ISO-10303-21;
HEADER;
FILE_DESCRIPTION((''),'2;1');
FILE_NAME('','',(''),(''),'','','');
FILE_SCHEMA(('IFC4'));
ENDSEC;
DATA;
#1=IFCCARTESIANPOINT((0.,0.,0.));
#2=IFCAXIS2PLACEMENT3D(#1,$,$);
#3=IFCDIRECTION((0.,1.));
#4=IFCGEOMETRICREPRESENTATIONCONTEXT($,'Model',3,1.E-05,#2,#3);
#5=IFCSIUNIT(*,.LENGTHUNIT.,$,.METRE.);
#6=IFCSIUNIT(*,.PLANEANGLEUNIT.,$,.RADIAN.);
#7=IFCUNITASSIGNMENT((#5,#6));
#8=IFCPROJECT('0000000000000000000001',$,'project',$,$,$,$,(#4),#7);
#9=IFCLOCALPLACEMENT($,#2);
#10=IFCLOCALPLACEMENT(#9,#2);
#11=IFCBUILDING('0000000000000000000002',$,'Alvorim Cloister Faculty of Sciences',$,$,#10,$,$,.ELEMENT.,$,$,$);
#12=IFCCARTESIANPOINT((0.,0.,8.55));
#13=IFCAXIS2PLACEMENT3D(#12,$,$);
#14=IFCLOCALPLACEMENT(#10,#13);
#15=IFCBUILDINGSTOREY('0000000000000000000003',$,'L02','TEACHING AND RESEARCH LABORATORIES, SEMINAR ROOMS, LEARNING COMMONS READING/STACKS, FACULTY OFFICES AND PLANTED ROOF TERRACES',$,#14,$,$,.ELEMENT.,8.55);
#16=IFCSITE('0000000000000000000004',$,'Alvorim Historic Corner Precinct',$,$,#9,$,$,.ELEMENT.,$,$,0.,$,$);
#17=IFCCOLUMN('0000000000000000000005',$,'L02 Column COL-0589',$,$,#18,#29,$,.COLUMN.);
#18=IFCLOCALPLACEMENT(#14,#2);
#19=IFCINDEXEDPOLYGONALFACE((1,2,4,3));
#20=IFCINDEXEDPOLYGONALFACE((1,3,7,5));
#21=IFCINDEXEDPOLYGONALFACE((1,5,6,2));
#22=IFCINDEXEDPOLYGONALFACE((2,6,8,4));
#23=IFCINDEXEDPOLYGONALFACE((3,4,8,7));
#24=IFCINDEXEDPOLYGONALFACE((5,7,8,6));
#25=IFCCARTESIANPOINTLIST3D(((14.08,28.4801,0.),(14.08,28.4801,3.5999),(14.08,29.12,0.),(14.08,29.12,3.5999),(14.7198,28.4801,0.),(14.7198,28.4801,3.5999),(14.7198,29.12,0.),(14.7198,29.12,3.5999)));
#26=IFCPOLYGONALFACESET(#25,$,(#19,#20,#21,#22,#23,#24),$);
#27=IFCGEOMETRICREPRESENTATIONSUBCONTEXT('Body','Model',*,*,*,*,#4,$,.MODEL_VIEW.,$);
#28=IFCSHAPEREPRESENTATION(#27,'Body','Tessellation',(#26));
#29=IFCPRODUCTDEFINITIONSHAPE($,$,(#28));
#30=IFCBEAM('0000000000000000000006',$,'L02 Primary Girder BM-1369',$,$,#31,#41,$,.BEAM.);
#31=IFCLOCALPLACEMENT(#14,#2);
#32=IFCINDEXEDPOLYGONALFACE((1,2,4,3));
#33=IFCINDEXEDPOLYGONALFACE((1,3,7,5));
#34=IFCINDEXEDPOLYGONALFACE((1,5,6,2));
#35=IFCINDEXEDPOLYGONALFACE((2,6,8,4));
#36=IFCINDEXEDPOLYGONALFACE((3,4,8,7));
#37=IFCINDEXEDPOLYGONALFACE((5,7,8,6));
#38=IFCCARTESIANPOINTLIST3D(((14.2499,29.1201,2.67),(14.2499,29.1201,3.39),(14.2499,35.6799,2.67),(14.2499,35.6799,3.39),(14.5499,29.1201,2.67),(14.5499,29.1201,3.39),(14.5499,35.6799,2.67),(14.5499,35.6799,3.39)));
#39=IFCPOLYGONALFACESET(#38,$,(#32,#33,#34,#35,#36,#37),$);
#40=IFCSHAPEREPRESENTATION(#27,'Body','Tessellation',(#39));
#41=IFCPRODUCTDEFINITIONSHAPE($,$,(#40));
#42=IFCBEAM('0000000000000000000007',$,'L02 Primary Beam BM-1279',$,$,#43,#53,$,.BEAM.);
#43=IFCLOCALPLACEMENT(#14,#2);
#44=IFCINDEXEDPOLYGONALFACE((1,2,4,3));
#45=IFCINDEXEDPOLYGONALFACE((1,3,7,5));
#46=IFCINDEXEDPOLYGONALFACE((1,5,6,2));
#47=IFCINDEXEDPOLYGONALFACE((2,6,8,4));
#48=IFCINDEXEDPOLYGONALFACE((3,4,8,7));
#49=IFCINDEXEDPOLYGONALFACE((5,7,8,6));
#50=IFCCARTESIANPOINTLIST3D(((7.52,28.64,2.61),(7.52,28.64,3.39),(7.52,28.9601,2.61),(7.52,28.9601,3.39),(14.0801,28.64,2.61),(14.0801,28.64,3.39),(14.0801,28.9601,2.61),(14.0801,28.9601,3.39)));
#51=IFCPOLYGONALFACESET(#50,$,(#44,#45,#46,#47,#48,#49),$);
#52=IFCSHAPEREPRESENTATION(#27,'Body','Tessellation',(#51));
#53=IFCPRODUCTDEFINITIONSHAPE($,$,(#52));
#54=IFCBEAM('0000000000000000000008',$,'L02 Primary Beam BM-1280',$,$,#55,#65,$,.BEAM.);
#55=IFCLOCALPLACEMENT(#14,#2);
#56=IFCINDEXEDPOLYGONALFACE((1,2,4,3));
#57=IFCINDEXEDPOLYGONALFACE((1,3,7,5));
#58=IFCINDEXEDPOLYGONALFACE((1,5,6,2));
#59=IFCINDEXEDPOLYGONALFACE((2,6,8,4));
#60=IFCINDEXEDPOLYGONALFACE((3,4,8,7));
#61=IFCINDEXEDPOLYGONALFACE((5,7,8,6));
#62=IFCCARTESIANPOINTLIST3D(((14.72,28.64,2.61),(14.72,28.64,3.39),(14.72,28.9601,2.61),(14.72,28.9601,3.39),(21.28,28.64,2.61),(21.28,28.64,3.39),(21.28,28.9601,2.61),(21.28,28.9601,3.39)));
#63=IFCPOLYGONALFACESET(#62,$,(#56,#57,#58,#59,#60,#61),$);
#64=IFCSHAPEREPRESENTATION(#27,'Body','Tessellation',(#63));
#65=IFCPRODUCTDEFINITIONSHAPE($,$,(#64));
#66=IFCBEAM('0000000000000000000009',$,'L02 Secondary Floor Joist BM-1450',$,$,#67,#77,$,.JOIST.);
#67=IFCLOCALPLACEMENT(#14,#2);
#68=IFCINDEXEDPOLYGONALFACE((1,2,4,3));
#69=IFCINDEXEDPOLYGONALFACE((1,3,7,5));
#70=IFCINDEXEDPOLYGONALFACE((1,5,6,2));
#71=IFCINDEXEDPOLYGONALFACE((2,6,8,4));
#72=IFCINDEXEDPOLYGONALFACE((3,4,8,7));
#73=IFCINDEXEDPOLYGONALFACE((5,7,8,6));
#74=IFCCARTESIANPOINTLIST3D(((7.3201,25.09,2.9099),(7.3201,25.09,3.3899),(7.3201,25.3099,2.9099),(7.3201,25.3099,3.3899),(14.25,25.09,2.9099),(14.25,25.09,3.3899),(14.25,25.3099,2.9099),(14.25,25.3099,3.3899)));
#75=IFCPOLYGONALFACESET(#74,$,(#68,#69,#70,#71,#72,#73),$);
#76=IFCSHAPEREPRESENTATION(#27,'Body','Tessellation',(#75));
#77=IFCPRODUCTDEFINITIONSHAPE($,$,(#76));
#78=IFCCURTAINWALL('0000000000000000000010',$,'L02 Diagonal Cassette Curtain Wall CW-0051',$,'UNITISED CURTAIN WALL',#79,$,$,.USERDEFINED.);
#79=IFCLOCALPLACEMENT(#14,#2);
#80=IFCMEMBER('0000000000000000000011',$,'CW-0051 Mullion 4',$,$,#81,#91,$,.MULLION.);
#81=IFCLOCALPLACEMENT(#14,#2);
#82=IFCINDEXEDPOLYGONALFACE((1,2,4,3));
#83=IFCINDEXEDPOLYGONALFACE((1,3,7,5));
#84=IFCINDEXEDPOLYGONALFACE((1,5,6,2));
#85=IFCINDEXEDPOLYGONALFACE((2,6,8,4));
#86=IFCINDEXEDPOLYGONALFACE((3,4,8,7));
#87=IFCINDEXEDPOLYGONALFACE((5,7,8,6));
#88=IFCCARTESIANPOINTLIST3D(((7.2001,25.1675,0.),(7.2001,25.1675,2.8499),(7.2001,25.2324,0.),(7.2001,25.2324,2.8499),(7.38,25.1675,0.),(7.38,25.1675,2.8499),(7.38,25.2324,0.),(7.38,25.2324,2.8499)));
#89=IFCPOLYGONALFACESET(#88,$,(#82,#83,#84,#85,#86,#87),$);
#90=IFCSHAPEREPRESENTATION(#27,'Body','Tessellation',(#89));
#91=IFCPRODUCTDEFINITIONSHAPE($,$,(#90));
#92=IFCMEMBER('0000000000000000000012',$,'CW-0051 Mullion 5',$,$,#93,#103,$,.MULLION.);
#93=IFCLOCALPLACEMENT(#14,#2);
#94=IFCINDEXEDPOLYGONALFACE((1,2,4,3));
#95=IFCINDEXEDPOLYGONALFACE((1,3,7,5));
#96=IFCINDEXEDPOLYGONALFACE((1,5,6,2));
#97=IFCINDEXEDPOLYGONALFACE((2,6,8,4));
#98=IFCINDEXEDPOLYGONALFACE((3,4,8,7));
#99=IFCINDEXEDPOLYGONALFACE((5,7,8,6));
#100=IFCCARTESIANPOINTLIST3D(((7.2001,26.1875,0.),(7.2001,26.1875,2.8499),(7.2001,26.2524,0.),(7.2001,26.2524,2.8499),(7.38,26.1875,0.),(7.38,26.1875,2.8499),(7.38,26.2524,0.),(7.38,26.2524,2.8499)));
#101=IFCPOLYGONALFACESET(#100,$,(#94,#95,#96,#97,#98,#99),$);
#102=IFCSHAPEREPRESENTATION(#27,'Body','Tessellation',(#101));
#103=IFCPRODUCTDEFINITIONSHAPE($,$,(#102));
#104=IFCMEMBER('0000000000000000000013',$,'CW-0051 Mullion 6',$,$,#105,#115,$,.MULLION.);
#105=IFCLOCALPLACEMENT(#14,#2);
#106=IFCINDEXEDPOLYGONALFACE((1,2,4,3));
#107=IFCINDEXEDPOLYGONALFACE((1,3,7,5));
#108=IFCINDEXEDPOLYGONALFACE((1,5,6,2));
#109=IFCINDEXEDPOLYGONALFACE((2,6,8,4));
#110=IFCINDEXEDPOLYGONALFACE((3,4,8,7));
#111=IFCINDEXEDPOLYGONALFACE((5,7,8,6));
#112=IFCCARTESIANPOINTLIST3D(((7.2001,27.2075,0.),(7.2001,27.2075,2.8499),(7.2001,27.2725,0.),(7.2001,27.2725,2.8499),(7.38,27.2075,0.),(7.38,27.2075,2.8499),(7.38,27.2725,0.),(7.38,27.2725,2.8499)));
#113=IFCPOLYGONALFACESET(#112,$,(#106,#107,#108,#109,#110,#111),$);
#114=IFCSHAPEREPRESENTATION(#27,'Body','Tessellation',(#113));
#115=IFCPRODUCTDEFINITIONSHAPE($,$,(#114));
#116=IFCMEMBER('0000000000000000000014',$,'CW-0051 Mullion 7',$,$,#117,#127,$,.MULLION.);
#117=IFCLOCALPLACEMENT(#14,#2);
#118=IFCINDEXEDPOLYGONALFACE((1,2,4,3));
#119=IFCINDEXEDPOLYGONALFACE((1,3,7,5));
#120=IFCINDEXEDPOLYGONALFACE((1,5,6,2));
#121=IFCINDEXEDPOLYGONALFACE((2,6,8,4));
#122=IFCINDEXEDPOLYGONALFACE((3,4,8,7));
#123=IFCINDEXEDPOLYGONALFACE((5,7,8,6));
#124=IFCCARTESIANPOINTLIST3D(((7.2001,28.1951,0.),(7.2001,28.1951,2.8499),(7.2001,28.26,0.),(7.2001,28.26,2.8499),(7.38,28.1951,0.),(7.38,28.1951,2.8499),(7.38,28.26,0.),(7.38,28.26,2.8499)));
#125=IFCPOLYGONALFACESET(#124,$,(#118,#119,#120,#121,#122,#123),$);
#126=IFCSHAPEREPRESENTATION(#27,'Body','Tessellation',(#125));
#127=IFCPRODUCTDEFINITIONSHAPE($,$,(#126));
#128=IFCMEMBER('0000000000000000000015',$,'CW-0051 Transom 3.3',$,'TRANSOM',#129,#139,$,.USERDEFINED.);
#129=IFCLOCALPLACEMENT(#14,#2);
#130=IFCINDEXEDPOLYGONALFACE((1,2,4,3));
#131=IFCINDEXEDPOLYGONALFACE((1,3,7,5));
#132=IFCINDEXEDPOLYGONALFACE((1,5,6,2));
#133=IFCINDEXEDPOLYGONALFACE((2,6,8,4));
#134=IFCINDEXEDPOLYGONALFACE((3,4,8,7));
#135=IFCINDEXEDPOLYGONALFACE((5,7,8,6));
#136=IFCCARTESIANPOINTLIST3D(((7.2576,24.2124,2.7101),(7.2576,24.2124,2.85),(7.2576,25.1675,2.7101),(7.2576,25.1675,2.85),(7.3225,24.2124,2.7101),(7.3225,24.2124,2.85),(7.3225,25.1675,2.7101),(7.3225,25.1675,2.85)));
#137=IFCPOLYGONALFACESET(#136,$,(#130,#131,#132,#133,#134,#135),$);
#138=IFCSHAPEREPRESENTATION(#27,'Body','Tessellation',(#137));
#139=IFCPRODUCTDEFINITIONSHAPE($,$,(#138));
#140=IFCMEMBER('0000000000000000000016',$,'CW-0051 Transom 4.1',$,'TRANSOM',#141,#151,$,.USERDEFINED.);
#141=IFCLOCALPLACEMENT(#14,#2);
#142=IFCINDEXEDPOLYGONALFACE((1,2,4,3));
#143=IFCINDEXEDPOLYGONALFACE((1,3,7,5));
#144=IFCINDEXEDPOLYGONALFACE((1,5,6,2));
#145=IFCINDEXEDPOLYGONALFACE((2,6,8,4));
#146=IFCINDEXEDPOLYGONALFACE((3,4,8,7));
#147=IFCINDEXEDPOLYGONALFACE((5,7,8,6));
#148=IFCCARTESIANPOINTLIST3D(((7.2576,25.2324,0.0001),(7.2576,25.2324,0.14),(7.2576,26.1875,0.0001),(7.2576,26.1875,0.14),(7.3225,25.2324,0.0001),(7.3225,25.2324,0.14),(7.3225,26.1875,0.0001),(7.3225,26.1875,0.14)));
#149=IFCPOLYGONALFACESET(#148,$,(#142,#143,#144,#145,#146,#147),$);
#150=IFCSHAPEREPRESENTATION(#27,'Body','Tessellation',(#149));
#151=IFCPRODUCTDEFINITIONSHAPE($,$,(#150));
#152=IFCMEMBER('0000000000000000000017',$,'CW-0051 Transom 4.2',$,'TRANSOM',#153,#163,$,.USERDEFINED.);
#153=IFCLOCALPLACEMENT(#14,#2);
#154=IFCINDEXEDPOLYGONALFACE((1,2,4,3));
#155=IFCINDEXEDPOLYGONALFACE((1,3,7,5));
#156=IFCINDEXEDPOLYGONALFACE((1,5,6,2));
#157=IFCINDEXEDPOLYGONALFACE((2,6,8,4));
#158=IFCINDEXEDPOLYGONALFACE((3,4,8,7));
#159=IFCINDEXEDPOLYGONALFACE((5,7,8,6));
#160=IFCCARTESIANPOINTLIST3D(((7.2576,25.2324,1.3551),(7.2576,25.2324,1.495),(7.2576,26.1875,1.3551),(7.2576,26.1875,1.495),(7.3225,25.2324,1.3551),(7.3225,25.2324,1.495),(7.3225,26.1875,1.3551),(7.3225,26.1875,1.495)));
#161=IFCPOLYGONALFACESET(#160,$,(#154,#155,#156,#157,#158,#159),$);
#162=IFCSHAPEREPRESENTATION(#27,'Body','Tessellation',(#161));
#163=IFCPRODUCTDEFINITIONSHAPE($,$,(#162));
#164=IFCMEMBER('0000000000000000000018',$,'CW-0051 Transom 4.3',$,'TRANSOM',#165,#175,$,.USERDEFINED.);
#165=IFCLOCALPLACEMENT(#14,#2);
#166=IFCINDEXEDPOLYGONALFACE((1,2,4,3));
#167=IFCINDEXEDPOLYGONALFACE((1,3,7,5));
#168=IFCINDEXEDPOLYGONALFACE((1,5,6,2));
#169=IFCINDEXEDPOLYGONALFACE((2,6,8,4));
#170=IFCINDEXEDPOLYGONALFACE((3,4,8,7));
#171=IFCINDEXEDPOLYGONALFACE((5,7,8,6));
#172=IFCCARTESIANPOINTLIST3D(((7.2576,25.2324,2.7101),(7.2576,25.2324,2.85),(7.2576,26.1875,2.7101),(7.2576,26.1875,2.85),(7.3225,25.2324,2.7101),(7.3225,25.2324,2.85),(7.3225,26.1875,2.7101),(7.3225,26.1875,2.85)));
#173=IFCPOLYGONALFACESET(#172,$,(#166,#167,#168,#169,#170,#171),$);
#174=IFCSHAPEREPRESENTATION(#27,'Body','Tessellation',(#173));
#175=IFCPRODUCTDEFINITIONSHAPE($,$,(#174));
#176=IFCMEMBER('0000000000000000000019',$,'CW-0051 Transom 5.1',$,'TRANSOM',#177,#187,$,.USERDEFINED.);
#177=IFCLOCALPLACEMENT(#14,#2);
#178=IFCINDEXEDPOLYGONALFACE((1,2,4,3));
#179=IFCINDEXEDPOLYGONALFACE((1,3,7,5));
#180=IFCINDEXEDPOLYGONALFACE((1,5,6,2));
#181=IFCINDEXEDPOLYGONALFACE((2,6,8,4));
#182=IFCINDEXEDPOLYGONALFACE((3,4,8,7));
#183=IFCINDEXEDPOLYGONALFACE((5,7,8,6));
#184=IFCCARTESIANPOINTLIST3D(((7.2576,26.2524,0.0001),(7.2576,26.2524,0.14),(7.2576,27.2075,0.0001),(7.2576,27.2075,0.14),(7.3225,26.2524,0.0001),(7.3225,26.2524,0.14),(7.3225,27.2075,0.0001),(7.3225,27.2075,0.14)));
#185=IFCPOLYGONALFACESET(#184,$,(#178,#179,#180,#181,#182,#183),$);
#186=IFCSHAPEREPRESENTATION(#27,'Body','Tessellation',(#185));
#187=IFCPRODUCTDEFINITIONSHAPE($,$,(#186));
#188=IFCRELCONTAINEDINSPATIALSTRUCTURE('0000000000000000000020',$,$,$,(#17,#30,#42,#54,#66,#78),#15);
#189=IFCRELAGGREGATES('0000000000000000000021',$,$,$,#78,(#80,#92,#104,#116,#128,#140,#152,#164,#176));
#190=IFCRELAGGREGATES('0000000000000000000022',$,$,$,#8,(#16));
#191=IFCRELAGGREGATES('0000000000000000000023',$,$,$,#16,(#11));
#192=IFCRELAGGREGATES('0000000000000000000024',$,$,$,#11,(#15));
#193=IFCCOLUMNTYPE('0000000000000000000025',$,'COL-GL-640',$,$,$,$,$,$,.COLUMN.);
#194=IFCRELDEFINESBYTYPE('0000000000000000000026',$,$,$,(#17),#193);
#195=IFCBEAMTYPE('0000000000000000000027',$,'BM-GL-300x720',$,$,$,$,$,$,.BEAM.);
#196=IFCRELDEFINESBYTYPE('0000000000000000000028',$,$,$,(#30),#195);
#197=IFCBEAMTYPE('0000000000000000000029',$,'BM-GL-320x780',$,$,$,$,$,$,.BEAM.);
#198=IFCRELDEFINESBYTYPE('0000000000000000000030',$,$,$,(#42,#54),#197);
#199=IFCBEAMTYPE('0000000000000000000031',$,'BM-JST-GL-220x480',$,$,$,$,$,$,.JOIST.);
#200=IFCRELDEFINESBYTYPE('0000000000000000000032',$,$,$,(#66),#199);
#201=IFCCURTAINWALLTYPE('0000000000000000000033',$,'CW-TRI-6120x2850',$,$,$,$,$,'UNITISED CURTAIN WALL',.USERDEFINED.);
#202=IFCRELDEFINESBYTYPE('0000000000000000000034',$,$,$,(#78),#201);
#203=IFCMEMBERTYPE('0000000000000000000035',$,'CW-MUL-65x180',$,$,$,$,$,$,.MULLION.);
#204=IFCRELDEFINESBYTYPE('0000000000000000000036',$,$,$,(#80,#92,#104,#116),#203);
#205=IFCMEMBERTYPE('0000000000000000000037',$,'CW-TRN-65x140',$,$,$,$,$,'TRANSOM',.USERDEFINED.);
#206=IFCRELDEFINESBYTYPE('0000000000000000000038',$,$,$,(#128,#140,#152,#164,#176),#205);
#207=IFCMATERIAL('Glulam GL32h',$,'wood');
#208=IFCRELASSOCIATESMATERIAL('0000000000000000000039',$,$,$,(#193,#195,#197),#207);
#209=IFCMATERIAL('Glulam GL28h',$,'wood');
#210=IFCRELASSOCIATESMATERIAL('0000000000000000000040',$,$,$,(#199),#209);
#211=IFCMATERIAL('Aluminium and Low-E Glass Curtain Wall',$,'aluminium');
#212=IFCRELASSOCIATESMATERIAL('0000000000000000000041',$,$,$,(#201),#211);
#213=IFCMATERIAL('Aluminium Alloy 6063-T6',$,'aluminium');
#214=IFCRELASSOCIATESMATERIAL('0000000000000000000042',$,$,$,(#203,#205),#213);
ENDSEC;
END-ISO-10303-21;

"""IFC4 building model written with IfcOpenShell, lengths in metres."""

from ifc_helpers import new_model, si_unit, direction, frame, origin, origin_2d, place, context, subcontext, project, spatial, rectangle, extrude, material, material_profile, profile_set, type_object, element, aggregate, save


model = new_model("IFC4")

# Units and contexts
model_context = context("Model", 3, precision=1e-05, world=origin(), true_north=direction((0.0, 1.0)))
body_context = subcontext(model_context, "Body", "Model", "MODEL_VIEW")
ifc_project = project(units=[si_unit("LENGTHUNIT", "METRE"), si_unit("PLANEANGLEUNIT", "RADIAN")], contexts=[model_context])

# Site, building, storey
site_placement = place(None, origin())
site = spatial("IfcSite", under=ifc_project, at=site_placement, Name="Alvorim Historic Corner Precinct", CompositionType="ELEMENT", RefElevation=0.0)
building_placement = place(site_placement, origin())
building = spatial("IfcBuilding", under=site, at=building_placement, Name="Alvorim Cloister Faculty of Sciences", CompositionType="ELEMENT")
storey_placement = place(building_placement, frame((0.0, 0.0, 8.55)))
storey = spatial("IfcBuildingStorey", under=building, at=storey_placement, Name="L02", Description="TEACHING AND RESEARCH LABORATORIES, SEMINAR ROOMS, LEARNING COMMONS READING/STACKS, FACULTY OFFICES AND PLANTED ROOF TERRACES", CompositionType="ELEMENT", Elevation=8.55)

# Column
ifc_material_1 = material(Name="Glulam GL32h", Category="wood")
ifc_material_profile_1 = material_profile(ifc_material_1, rectangle(XDim=0.6399, YDim=0.6399, at=origin_2d()), Name="GL32-COL-640x640")
ifc_profile_set_1 = profile_set([ifc_material_profile_1], Name="Glulam GL32h")
column_type = type_object("IfcColumnType", Name="COL-GL-640", PredefinedType="COLUMN", material=ifc_profile_set_1)
column_placement = place(storey_placement, frame((14.3999, 28.8, 0.0), z_axis=(0.0, 0.0, 1.0), x_axis=(1.0, 0.0, 0.0)))
element("IfcColumn", 1, at=column_placement, inside=storey, type_object=column_type, Name="L02 Column COL-0589", PredefinedType="COLUMN", context=body_context, shape_type="SweptSolid", body=[
    extrude(rectangle(XDim=0.6399, YDim=0.6399, at=origin_2d()), origin(), (0.0, 0.0, 1.0), 3.5999),
])

# Beams
ifc_material_profile_2 = material_profile(ifc_material_1, rectangle(XDim=0.3, YDim=0.72, at=origin_2d()), Name="GL32-BM-300x720")
ifc_profile_set_2 = profile_set([ifc_material_profile_2], Name="Glulam GL32h")
beam_type_1 = type_object("IfcBeamType", Name="BM-GL-300x720", PredefinedType="BEAM", material=ifc_profile_set_2)
beam_1_placement = place(storey_placement, frame((14.3999, 29.1201, 3.03), z_axis=(0.0, 1.0, 0.0), x_axis=(-1.0, 0.0, 0.0)))
element("IfcBeam", 2, at=beam_1_placement, inside=storey, type_object=beam_type_1, Name="L02 Primary Girder BM-1369", PredefinedType="BEAM", context=body_context, shape_type="SweptSolid", body=[
    extrude(rectangle(XDim=0.3, YDim=0.72, at=origin_2d()), origin(), (0.0, 0.0, 1.0), 6.5598),
])
ifc_material_profile_3 = material_profile(ifc_material_1, rectangle(XDim=0.3201, YDim=0.78, at=origin_2d()), Name="GL32-BM-320x780")
ifc_profile_set_3 = profile_set([ifc_material_profile_3], Name="Glulam GL32h")
beam_type_2 = type_object("IfcBeamType", Name="BM-GL-320x780", PredefinedType="BEAM", material=ifc_profile_set_3)
for number, where, z_axis, x_axis, name in (
    (3, (7.52, 28.8, 3.0), (1.0, 0.0, 0.0), (0.0, 1.0, 0.0), "L02 Primary Beam BM-1279"),
    (4, (14.72, 28.8, 3.0), (1.0, 0.0, 0.0), (0.0, 1.0, 0.0), "L02 Primary Beam BM-1280"),
):
    element("IfcBeam", number, at=place(storey_placement, frame(where, z_axis=z_axis, x_axis=x_axis)), inside=storey, type_object=beam_type_2, Name=name, PredefinedType="BEAM", context=body_context, shape_type="SweptSolid", body=[
        extrude(rectangle(XDim=0.3201, YDim=0.78, at=origin_2d()), origin(), (0.0, 0.0, 1.0), 6.5601),
    ])
ifc_material_2 = material(Name="Glulam GL28h", Category="wood")
ifc_material_profile_4 = material_profile(ifc_material_2, rectangle(XDim=0.22, YDim=0.48, at=origin_2d()), Name="GL28-JST-220x480")
ifc_profile_set_4 = profile_set([ifc_material_profile_4], Name="Glulam GL28h")
beam_type_3 = type_object("IfcBeamType", Name="BM-JST-GL-220x480", PredefinedType="JOIST", material=ifc_profile_set_4)
beam_2_placement = place(storey_placement, frame((7.3201, 25.2, 3.1499), z_axis=(1.0, 0.0, 0.0), x_axis=(0.0, 1.0, 0.0)))
element("IfcBeam", 5, at=beam_2_placement, inside=storey, type_object=beam_type_3, Name="L02 Secondary Floor Joist BM-1450", PredefinedType="JOIST", context=body_context, shape_type="SweptSolid", body=[
    extrude(rectangle(XDim=0.22, YDim=0.48, at=origin_2d()), origin(), (0.0, 0.0, 1.0), 6.9299),
])

# Curtain wall, members
ifc_material_3 = material(Name="Aluminium and Low-E Glass Curtain Wall", Category="aluminium")
curtain_wall_type = type_object("IfcCurtainWallType", Name="CW-TRI-6120x2850", ElementType="UNITISED CURTAIN WALL", PredefinedType="USERDEFINED", material=ifc_material_3)
curtain_wall_placement = place(storey_placement, origin())
curtain_wall = element("IfcCurtainWall", 6, at=curtain_wall_placement, inside=storey, type_object=curtain_wall_type, Name="L02 Diagonal Cassette Curtain Wall CW-0051", ObjectType="UNITISED CURTAIN WALL", PredefinedType="USERDEFINED")
ifc_material_4 = material(Name="Aluminium Alloy 6063-T6", Category="aluminium")
ifc_material_profile_5 = material_profile(ifc_material_4, rectangle(XDim=0.0649, YDim=0.1799, at=origin_2d()), Name="ALU-MUL-65x180")
ifc_profile_set_5 = profile_set([ifc_material_profile_5], Name="Aluminium Alloy 6063-T6")
member_type_1 = type_object("IfcMemberType", Name="CW-MUL-65x180", PredefinedType="MULLION", material=ifc_profile_set_5)
member_1_placement = place(storey_placement, frame((7.29, 25.2, 0.0), z_axis=(0.0, 0.0, 1.0), x_axis=(0.0, 1.0, 0.0)))
member_1 = element("IfcMember", 7, at=member_1_placement, type_object=member_type_1, Name="CW-0051 Mullion 4", PredefinedType="MULLION", context=body_context, shape_type="SweptSolid", body=[
    extrude(rectangle(XDim=0.0649, YDim=0.1799, at=origin_2d()), origin(), (0.0, 0.0, 1.0), 2.8499),
])
member_2_placement = place(storey_placement, frame((7.29, 26.22, 0.0), z_axis=(0.0, 0.0, 1.0), x_axis=(0.0, 1.0, 0.0)))
member_2 = element("IfcMember", 8, at=member_2_placement, type_object=member_type_1, Name="CW-0051 Mullion 5", PredefinedType="MULLION", context=body_context, shape_type="SweptSolid", body=[
    extrude(rectangle(XDim=0.0649, YDim=0.1799, at=origin_2d()), origin(), (0.0, 0.0, 1.0), 2.8499),
])
member_3_placement = place(storey_placement, frame((7.29, 27.24, 0.0), z_axis=(0.0, 0.0, 1.0), x_axis=(0.0, 1.0, 0.0)))
member_3 = element("IfcMember", 9, at=member_3_placement, type_object=member_type_1, Name="CW-0051 Mullion 6", PredefinedType="MULLION", context=body_context, shape_type="SweptSolid", body=[
    extrude(rectangle(XDim=0.0649, YDim=0.1799, at=origin_2d()), origin(), (0.0, 0.0, 1.0), 2.8499),
])
member_4_placement = place(storey_placement, frame((7.29, 28.2275, 0.0), z_axis=(0.0, 0.0, 1.0), x_axis=(0.0, 1.0, 0.0)))
member_4 = element("IfcMember", 10, at=member_4_placement, type_object=member_type_1, Name="CW-0051 Mullion 7", PredefinedType="MULLION", context=body_context, shape_type="SweptSolid", body=[
    extrude(rectangle(XDim=0.0649, YDim=0.1799, at=origin_2d()), origin(), (0.0, 0.0, 1.0), 2.8499),
])
ifc_material_profile_6 = material_profile(ifc_material_4, rectangle(XDim=0.0649, YDim=0.1399, at=origin_2d()), Name="ALU-TRN-65x140")
ifc_profile_set_6 = profile_set([ifc_material_profile_6], Name="Aluminium Alloy 6063-T6")
member_type_2 = type_object("IfcMemberType", Name="CW-TRN-65x140", ElementType="TRANSOM", PredefinedType="USERDEFINED", material=ifc_profile_set_6)
member_5_placement = place(storey_placement, frame((7.29, 24.2124, 2.78), z_axis=(0.0, 1.0, 0.0), x_axis=(-1.0, 0.0, 0.0)))
member_5 = element("IfcMember", 11, at=member_5_placement, type_object=member_type_2, Name="CW-0051 Transom 3.3", ObjectType="TRANSOM", PredefinedType="USERDEFINED", context=body_context, shape_type="SweptSolid", body=[
    extrude(rectangle(XDim=0.0649, YDim=0.1399, at=origin_2d()), origin(), (0.0, 0.0, 1.0), 0.9551),
])
member_6_placement = place(storey_placement, frame((7.29, 25.2324, 0.0701), z_axis=(0.0, 1.0, 0.0), x_axis=(-1.0, 0.0, 0.0)))
member_6 = element("IfcMember", 12, at=member_6_placement, type_object=member_type_2, Name="CW-0051 Transom 4.1", ObjectType="TRANSOM", PredefinedType="USERDEFINED", context=body_context, shape_type="SweptSolid", body=[
    extrude(rectangle(XDim=0.0649, YDim=0.1399, at=origin_2d()), origin(), (0.0, 0.0, 1.0), 0.9551),
])
member_7_placement = place(storey_placement, frame((7.29, 25.2324, 1.425), z_axis=(0.0, 1.0, 0.0), x_axis=(-1.0, 0.0, 0.0)))
member_7 = element("IfcMember", 13, at=member_7_placement, type_object=member_type_2, Name="CW-0051 Transom 4.2", ObjectType="TRANSOM", PredefinedType="USERDEFINED", context=body_context, shape_type="SweptSolid", body=[
    extrude(rectangle(XDim=0.0649, YDim=0.1399, at=origin_2d()), origin(), (0.0, 0.0, 1.0), 0.9551),
])
member_8_placement = place(storey_placement, frame((7.29, 25.2324, 2.78), z_axis=(0.0, 1.0, 0.0), x_axis=(-1.0, 0.0, 0.0)))
member_8 = element("IfcMember", 14, at=member_8_placement, type_object=member_type_2, Name="CW-0051 Transom 4.3", ObjectType="TRANSOM", PredefinedType="USERDEFINED", context=body_context, shape_type="SweptSolid", body=[
    extrude(rectangle(XDim=0.0649, YDim=0.1399, at=origin_2d()), origin(), (0.0, 0.0, 1.0), 0.9551),
])
member_9_placement = place(storey_placement, frame((7.29, 26.2524, 0.0701), z_axis=(0.0, 1.0, 0.0), x_axis=(-1.0, 0.0, 0.0)))
member_9 = element("IfcMember", 15, at=member_9_placement, type_object=member_type_2, Name="CW-0051 Transom 5.1", ObjectType="TRANSOM", PredefinedType="USERDEFINED", context=body_context, shape_type="SweptSolid", body=[
    extrude(rectangle(XDim=0.0649, YDim=0.1399, at=origin_2d()), origin(), (0.0, 0.0, 1.0), 0.9551),
])
aggregate(curtain_wall, [member_1, member_2, member_3, member_4, member_5, member_6, member_7, member_8, member_9])

save(model, "model.ifc")
